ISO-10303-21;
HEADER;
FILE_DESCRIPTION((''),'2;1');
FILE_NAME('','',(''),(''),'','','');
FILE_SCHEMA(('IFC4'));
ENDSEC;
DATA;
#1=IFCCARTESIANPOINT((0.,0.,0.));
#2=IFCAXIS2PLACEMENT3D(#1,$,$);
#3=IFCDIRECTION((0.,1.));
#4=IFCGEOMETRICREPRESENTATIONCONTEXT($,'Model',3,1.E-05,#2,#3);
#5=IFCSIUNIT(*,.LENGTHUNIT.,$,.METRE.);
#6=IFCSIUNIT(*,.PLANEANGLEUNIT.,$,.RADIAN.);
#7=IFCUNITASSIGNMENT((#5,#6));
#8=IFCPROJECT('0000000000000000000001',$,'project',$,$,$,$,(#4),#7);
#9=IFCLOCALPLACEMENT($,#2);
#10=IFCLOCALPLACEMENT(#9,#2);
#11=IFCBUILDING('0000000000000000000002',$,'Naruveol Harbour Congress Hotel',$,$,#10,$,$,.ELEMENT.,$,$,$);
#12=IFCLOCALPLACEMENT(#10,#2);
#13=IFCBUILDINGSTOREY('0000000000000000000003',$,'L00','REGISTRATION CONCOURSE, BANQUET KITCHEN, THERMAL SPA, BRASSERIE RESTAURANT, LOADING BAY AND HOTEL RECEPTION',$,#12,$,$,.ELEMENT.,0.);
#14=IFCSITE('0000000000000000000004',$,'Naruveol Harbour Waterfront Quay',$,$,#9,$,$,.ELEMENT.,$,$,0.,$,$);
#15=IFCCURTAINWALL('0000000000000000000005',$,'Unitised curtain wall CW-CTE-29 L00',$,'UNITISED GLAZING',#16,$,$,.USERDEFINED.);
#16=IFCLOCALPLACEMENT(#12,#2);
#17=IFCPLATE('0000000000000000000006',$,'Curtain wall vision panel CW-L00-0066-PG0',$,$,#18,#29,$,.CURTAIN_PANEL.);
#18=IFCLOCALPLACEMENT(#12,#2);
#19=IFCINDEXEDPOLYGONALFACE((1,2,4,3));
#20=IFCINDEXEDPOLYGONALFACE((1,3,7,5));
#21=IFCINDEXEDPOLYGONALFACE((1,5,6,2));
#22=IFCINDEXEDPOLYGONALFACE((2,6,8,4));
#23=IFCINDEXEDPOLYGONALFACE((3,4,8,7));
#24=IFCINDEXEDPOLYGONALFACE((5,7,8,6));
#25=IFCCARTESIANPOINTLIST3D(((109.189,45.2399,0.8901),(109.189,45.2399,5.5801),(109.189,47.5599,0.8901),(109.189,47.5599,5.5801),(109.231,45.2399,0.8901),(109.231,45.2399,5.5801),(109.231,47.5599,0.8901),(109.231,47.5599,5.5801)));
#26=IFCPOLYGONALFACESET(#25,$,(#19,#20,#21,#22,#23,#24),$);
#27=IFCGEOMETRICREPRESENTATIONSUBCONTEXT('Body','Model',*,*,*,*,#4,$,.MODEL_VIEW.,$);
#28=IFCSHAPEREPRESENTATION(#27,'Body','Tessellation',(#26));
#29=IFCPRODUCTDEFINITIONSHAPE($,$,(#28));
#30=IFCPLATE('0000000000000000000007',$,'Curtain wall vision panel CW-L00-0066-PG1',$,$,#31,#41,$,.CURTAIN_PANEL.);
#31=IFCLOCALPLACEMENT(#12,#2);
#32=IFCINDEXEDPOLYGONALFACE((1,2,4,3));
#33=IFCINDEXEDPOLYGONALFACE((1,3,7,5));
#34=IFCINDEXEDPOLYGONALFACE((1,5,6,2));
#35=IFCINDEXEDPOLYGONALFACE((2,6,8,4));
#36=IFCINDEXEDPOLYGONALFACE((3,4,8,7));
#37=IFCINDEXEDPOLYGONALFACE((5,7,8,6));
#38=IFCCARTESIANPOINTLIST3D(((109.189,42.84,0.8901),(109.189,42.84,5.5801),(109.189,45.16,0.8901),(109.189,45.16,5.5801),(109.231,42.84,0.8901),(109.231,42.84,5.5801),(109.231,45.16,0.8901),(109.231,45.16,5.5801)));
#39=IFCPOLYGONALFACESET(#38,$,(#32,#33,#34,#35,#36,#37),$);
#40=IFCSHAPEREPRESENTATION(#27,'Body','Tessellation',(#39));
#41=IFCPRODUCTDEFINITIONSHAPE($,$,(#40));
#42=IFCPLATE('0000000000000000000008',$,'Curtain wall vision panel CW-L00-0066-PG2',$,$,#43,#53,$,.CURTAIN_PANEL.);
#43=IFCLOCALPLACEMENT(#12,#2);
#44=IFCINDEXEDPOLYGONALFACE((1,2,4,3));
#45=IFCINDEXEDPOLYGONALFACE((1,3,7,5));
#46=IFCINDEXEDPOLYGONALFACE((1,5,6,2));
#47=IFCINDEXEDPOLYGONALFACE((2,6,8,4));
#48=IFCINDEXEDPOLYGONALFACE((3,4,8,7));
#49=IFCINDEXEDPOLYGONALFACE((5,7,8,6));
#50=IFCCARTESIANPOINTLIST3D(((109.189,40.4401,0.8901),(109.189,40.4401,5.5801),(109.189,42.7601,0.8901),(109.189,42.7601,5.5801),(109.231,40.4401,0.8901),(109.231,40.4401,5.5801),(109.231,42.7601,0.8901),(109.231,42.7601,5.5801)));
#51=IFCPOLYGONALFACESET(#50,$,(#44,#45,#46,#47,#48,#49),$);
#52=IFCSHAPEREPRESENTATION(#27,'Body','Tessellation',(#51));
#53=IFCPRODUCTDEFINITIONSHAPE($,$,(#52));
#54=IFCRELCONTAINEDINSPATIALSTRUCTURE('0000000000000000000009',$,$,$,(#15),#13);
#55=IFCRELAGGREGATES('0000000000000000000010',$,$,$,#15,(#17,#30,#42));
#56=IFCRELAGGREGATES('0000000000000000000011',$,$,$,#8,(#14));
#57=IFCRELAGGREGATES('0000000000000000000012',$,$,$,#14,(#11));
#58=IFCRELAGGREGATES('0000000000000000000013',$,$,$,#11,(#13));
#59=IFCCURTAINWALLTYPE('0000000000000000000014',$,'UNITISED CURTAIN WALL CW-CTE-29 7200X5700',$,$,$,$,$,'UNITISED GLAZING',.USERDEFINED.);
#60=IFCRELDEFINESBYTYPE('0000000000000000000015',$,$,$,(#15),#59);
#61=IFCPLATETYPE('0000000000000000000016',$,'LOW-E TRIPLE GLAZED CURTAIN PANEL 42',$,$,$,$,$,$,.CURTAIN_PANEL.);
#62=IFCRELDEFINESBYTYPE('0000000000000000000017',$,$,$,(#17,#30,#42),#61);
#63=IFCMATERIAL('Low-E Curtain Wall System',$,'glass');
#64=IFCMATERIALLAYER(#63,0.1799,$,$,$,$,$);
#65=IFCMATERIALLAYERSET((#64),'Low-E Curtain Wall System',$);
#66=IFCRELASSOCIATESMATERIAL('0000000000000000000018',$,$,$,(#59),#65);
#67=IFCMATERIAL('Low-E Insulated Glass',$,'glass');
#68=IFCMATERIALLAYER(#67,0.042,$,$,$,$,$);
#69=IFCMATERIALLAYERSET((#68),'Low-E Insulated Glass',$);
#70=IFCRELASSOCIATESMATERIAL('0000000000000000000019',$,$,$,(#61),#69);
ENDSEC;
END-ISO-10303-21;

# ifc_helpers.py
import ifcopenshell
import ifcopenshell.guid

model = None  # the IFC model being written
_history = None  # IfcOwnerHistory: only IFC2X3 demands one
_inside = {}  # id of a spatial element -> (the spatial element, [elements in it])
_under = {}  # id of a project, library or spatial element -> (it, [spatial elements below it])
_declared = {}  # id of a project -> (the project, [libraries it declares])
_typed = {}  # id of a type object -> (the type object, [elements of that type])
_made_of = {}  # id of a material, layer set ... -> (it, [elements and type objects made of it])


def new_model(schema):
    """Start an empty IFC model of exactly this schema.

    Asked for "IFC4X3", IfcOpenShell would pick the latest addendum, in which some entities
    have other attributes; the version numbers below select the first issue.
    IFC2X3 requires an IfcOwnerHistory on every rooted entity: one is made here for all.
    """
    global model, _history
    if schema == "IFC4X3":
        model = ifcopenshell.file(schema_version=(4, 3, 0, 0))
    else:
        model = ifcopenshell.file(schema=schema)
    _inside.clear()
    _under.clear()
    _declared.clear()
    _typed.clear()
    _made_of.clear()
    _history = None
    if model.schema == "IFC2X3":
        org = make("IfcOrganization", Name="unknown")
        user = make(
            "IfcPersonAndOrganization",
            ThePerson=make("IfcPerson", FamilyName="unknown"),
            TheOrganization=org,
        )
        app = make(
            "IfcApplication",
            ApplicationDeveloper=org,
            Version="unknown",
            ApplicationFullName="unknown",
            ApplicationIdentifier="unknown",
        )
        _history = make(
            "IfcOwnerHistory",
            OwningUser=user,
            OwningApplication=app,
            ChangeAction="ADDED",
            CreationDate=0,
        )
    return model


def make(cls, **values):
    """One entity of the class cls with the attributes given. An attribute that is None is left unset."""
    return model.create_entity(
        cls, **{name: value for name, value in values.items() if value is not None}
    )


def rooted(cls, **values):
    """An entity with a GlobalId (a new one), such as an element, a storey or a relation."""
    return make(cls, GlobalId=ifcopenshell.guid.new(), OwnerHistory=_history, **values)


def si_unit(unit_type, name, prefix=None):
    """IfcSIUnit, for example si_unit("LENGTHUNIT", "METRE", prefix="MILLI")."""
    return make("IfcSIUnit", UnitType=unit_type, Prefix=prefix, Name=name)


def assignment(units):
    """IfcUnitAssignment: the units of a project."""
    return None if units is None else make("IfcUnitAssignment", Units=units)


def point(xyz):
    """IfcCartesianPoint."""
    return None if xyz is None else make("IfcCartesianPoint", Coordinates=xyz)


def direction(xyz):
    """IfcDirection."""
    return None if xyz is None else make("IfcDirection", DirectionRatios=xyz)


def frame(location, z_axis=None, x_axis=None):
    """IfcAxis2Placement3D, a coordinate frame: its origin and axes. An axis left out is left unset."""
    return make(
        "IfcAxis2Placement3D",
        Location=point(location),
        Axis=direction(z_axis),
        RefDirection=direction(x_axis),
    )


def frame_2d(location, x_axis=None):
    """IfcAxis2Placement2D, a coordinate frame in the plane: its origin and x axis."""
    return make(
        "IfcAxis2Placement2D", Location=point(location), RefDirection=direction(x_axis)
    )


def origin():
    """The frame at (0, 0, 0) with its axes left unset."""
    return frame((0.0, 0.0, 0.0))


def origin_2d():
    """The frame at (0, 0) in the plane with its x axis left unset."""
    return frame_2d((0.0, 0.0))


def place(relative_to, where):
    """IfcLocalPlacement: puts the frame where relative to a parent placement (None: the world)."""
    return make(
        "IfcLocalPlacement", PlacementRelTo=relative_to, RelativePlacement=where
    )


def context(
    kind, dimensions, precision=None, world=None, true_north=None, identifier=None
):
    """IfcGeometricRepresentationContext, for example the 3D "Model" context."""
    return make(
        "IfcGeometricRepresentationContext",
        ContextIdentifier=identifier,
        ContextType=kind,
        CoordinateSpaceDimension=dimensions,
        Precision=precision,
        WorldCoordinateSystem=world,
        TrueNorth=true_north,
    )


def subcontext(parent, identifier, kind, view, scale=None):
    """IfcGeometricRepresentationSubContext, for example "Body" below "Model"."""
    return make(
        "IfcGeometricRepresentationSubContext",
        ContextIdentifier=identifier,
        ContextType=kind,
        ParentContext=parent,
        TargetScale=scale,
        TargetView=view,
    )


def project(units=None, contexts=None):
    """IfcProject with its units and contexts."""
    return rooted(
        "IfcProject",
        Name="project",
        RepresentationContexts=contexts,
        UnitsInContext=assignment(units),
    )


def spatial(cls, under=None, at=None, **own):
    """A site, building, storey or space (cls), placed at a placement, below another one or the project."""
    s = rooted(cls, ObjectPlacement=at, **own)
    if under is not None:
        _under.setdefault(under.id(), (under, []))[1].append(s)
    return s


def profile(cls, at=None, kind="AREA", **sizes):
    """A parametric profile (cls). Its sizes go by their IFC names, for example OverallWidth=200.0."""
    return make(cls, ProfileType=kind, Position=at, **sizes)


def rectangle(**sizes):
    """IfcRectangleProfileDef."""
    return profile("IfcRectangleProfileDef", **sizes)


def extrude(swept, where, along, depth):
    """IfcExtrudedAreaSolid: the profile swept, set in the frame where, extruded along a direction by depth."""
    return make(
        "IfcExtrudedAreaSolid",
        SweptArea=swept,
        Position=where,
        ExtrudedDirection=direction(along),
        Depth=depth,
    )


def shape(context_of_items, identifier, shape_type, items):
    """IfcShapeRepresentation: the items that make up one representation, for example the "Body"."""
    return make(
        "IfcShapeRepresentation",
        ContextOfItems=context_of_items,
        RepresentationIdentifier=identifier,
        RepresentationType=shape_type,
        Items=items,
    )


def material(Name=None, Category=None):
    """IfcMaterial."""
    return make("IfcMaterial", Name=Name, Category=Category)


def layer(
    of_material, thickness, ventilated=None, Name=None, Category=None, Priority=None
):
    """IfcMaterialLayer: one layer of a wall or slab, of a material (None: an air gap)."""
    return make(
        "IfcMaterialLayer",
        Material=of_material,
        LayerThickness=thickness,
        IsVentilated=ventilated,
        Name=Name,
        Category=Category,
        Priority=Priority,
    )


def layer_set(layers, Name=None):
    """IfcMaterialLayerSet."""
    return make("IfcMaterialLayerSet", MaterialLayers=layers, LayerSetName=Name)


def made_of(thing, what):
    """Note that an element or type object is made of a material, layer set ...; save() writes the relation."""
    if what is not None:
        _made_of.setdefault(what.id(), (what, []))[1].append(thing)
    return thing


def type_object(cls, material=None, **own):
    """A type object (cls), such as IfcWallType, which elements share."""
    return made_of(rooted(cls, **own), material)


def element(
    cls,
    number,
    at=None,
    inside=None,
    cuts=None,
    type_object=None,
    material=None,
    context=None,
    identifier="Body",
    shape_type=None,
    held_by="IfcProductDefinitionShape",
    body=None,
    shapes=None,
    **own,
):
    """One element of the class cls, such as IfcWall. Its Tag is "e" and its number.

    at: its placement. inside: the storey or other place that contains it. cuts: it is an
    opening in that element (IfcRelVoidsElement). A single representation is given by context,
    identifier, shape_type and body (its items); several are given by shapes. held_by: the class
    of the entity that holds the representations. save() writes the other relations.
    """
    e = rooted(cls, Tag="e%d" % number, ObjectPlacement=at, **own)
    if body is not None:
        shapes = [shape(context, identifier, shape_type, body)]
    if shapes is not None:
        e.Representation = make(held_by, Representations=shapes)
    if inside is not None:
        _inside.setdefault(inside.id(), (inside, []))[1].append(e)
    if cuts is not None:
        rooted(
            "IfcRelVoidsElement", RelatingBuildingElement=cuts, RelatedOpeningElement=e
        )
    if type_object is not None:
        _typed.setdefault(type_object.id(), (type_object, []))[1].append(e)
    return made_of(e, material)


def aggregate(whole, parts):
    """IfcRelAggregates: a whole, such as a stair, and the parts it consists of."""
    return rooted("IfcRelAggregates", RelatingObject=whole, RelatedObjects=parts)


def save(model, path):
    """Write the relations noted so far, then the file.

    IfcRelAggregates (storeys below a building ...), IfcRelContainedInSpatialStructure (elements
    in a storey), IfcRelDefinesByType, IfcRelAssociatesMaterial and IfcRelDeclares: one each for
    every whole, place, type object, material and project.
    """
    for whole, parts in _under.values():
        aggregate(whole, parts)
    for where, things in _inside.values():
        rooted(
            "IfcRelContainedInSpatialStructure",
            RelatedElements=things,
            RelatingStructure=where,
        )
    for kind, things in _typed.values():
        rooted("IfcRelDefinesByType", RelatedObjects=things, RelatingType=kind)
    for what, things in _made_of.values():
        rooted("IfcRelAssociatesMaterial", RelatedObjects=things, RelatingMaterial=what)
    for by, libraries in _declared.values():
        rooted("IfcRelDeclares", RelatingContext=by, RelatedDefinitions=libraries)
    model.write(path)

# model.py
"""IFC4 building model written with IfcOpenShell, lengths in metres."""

from ifc_helpers import new_model, si_unit, direction, frame, origin, origin_2d, place, context, subcontext, project, spatial, rectangle, extrude, material, layer, layer_set, type_object, element, aggregate, save


model = new_model("IFC4")

# Units and contexts
model_context = context("Model", 3, precision=1e-05, world=origin(), true_north=direction((0.0, 1.0)))
body_context = subcontext(model_context, "Body", "Model", "MODEL_VIEW")
ifc_project = project(units=[si_unit("LENGTHUNIT", "METRE"), si_unit("PLANEANGLEUNIT", "RADIAN")], contexts=[model_context])

# Site, building, storey
site_placement = place(None, origin())
site = spatial("IfcSite", under=ifc_project, at=site_placement, Name="Naruveol Harbour Waterfront Quay", CompositionType="ELEMENT", RefElevation=0.0)
building_placement = place(site_placement, origin())
building = spatial("IfcBuilding", under=site, at=building_placement, Name="Naruveol Harbour Congress Hotel", CompositionType="ELEMENT")
storey_placement = place(building_placement, origin())
storey = spatial("IfcBuildingStorey", under=building, at=storey_placement, Name="L00", Description="REGISTRATION CONCOURSE, BANQUET KITCHEN, THERMAL SPA, BRASSERIE RESTAURANT, LOADING BAY AND HOTEL RECEPTION", CompositionType="ELEMENT", Elevation=0.0)

# Curtain wall
ifc_material_1 = material(Name="Low-E Curtain Wall System", Category="glass")
ifc_layer_1 = layer(ifc_material_1, 0.1799)
ifc_layer_set_1 = layer_set([ifc_layer_1], Name="Low-E Curtain Wall System")
curtain_wall_type = type_object("IfcCurtainWallType", Name="UNITISED CURTAIN WALL CW-CTE-29 7200X5700", ElementType="UNITISED GLAZING", PredefinedType="USERDEFINED", material=ifc_layer_set_1)
curtain_wall_1_placement = place(storey_placement, origin())
curtain_wall_1 = element("IfcCurtainWall", 1, at=curtain_wall_1_placement, inside=storey, type_object=curtain_wall_type, Name="Unitised curtain wall CW-CTE-29 L00", ObjectType="UNITISED GLAZING", PredefinedType="USERDEFINED")

# Plates
ifc_material_2 = material(Name="Low-E Insulated Glass", Category="glass")
ifc_layer_2 = layer(ifc_material_2, 0.042)
ifc_layer_set_2 = layer_set([ifc_layer_2], Name="Low-E Insulated Glass")
plate_type_1 = type_object("IfcPlateType", Name="LOW-E TRIPLE GLAZED CURTAIN PANEL 42", PredefinedType="CURTAIN_PANEL", material=ifc_layer_set_2)
plate_1_placement = place(storey_placement, frame((109.21, 46.3999, 0.8901), z_axis=(0.0, 0.0, 1.0), x_axis=(0.0, -1.0, 0.0)))
plate_1 = element("IfcPlate", 2, at=plate_1_placement, type_object=plate_type_1, Name="Curtain wall vision panel CW-L00-0066-PG0", PredefinedType="CURTAIN_PANEL", context=body_context, shape_type="SweptSolid", body=[
    extrude(rectangle(XDim=2.3201, YDim=0.042, at=origin_2d()), origin(), (0.0, 0.0, 1.0), 4.6899),
])
plate_2_placement = place(storey_placement, frame((109.21, 44.0, 0.8901), z_axis=(0.0, 0.0, 1.0), x_axis=(0.0, -1.0, 0.0)))
plate_2 = element("IfcPlate", 3, at=plate_2_placement, type_object=plate_type_1, Name="Curtain wall vision panel CW-L00-0066-PG1", PredefinedType="CURTAIN_PANEL", context=body_context, shape_type="SweptSolid", body=[
    extrude(rectangle(XDim=2.3201, YDim=0.042, at=origin_2d()), origin(), (0.0, 0.0, 1.0), 4.6899),
])
plate_3_placement = place(storey_placement, frame((109.21, 41.6001, 0.8901), z_axis=(0.0, 0.0, 1.0), x_axis=(0.0, -1.0, 0.0)))
plate_3 = element("IfcPlate", 4, at=plate_3_placement, type_object=plate_type_1, Name="Curtain wall vision panel CW-L00-0066-PG2", PredefinedType="CURTAIN_PANEL", context=body_context, shape_type="SweptSolid", body=[
    extrude(rectangle(XDim=2.3201, YDim=0.042, at=origin_2d()), origin(), (0.0, 0.0, 1.0), 4.6899),
])
aggregate(curtain_wall_1, [plate_1, plate_2, plate_3])

save(model, "model.ifc")
